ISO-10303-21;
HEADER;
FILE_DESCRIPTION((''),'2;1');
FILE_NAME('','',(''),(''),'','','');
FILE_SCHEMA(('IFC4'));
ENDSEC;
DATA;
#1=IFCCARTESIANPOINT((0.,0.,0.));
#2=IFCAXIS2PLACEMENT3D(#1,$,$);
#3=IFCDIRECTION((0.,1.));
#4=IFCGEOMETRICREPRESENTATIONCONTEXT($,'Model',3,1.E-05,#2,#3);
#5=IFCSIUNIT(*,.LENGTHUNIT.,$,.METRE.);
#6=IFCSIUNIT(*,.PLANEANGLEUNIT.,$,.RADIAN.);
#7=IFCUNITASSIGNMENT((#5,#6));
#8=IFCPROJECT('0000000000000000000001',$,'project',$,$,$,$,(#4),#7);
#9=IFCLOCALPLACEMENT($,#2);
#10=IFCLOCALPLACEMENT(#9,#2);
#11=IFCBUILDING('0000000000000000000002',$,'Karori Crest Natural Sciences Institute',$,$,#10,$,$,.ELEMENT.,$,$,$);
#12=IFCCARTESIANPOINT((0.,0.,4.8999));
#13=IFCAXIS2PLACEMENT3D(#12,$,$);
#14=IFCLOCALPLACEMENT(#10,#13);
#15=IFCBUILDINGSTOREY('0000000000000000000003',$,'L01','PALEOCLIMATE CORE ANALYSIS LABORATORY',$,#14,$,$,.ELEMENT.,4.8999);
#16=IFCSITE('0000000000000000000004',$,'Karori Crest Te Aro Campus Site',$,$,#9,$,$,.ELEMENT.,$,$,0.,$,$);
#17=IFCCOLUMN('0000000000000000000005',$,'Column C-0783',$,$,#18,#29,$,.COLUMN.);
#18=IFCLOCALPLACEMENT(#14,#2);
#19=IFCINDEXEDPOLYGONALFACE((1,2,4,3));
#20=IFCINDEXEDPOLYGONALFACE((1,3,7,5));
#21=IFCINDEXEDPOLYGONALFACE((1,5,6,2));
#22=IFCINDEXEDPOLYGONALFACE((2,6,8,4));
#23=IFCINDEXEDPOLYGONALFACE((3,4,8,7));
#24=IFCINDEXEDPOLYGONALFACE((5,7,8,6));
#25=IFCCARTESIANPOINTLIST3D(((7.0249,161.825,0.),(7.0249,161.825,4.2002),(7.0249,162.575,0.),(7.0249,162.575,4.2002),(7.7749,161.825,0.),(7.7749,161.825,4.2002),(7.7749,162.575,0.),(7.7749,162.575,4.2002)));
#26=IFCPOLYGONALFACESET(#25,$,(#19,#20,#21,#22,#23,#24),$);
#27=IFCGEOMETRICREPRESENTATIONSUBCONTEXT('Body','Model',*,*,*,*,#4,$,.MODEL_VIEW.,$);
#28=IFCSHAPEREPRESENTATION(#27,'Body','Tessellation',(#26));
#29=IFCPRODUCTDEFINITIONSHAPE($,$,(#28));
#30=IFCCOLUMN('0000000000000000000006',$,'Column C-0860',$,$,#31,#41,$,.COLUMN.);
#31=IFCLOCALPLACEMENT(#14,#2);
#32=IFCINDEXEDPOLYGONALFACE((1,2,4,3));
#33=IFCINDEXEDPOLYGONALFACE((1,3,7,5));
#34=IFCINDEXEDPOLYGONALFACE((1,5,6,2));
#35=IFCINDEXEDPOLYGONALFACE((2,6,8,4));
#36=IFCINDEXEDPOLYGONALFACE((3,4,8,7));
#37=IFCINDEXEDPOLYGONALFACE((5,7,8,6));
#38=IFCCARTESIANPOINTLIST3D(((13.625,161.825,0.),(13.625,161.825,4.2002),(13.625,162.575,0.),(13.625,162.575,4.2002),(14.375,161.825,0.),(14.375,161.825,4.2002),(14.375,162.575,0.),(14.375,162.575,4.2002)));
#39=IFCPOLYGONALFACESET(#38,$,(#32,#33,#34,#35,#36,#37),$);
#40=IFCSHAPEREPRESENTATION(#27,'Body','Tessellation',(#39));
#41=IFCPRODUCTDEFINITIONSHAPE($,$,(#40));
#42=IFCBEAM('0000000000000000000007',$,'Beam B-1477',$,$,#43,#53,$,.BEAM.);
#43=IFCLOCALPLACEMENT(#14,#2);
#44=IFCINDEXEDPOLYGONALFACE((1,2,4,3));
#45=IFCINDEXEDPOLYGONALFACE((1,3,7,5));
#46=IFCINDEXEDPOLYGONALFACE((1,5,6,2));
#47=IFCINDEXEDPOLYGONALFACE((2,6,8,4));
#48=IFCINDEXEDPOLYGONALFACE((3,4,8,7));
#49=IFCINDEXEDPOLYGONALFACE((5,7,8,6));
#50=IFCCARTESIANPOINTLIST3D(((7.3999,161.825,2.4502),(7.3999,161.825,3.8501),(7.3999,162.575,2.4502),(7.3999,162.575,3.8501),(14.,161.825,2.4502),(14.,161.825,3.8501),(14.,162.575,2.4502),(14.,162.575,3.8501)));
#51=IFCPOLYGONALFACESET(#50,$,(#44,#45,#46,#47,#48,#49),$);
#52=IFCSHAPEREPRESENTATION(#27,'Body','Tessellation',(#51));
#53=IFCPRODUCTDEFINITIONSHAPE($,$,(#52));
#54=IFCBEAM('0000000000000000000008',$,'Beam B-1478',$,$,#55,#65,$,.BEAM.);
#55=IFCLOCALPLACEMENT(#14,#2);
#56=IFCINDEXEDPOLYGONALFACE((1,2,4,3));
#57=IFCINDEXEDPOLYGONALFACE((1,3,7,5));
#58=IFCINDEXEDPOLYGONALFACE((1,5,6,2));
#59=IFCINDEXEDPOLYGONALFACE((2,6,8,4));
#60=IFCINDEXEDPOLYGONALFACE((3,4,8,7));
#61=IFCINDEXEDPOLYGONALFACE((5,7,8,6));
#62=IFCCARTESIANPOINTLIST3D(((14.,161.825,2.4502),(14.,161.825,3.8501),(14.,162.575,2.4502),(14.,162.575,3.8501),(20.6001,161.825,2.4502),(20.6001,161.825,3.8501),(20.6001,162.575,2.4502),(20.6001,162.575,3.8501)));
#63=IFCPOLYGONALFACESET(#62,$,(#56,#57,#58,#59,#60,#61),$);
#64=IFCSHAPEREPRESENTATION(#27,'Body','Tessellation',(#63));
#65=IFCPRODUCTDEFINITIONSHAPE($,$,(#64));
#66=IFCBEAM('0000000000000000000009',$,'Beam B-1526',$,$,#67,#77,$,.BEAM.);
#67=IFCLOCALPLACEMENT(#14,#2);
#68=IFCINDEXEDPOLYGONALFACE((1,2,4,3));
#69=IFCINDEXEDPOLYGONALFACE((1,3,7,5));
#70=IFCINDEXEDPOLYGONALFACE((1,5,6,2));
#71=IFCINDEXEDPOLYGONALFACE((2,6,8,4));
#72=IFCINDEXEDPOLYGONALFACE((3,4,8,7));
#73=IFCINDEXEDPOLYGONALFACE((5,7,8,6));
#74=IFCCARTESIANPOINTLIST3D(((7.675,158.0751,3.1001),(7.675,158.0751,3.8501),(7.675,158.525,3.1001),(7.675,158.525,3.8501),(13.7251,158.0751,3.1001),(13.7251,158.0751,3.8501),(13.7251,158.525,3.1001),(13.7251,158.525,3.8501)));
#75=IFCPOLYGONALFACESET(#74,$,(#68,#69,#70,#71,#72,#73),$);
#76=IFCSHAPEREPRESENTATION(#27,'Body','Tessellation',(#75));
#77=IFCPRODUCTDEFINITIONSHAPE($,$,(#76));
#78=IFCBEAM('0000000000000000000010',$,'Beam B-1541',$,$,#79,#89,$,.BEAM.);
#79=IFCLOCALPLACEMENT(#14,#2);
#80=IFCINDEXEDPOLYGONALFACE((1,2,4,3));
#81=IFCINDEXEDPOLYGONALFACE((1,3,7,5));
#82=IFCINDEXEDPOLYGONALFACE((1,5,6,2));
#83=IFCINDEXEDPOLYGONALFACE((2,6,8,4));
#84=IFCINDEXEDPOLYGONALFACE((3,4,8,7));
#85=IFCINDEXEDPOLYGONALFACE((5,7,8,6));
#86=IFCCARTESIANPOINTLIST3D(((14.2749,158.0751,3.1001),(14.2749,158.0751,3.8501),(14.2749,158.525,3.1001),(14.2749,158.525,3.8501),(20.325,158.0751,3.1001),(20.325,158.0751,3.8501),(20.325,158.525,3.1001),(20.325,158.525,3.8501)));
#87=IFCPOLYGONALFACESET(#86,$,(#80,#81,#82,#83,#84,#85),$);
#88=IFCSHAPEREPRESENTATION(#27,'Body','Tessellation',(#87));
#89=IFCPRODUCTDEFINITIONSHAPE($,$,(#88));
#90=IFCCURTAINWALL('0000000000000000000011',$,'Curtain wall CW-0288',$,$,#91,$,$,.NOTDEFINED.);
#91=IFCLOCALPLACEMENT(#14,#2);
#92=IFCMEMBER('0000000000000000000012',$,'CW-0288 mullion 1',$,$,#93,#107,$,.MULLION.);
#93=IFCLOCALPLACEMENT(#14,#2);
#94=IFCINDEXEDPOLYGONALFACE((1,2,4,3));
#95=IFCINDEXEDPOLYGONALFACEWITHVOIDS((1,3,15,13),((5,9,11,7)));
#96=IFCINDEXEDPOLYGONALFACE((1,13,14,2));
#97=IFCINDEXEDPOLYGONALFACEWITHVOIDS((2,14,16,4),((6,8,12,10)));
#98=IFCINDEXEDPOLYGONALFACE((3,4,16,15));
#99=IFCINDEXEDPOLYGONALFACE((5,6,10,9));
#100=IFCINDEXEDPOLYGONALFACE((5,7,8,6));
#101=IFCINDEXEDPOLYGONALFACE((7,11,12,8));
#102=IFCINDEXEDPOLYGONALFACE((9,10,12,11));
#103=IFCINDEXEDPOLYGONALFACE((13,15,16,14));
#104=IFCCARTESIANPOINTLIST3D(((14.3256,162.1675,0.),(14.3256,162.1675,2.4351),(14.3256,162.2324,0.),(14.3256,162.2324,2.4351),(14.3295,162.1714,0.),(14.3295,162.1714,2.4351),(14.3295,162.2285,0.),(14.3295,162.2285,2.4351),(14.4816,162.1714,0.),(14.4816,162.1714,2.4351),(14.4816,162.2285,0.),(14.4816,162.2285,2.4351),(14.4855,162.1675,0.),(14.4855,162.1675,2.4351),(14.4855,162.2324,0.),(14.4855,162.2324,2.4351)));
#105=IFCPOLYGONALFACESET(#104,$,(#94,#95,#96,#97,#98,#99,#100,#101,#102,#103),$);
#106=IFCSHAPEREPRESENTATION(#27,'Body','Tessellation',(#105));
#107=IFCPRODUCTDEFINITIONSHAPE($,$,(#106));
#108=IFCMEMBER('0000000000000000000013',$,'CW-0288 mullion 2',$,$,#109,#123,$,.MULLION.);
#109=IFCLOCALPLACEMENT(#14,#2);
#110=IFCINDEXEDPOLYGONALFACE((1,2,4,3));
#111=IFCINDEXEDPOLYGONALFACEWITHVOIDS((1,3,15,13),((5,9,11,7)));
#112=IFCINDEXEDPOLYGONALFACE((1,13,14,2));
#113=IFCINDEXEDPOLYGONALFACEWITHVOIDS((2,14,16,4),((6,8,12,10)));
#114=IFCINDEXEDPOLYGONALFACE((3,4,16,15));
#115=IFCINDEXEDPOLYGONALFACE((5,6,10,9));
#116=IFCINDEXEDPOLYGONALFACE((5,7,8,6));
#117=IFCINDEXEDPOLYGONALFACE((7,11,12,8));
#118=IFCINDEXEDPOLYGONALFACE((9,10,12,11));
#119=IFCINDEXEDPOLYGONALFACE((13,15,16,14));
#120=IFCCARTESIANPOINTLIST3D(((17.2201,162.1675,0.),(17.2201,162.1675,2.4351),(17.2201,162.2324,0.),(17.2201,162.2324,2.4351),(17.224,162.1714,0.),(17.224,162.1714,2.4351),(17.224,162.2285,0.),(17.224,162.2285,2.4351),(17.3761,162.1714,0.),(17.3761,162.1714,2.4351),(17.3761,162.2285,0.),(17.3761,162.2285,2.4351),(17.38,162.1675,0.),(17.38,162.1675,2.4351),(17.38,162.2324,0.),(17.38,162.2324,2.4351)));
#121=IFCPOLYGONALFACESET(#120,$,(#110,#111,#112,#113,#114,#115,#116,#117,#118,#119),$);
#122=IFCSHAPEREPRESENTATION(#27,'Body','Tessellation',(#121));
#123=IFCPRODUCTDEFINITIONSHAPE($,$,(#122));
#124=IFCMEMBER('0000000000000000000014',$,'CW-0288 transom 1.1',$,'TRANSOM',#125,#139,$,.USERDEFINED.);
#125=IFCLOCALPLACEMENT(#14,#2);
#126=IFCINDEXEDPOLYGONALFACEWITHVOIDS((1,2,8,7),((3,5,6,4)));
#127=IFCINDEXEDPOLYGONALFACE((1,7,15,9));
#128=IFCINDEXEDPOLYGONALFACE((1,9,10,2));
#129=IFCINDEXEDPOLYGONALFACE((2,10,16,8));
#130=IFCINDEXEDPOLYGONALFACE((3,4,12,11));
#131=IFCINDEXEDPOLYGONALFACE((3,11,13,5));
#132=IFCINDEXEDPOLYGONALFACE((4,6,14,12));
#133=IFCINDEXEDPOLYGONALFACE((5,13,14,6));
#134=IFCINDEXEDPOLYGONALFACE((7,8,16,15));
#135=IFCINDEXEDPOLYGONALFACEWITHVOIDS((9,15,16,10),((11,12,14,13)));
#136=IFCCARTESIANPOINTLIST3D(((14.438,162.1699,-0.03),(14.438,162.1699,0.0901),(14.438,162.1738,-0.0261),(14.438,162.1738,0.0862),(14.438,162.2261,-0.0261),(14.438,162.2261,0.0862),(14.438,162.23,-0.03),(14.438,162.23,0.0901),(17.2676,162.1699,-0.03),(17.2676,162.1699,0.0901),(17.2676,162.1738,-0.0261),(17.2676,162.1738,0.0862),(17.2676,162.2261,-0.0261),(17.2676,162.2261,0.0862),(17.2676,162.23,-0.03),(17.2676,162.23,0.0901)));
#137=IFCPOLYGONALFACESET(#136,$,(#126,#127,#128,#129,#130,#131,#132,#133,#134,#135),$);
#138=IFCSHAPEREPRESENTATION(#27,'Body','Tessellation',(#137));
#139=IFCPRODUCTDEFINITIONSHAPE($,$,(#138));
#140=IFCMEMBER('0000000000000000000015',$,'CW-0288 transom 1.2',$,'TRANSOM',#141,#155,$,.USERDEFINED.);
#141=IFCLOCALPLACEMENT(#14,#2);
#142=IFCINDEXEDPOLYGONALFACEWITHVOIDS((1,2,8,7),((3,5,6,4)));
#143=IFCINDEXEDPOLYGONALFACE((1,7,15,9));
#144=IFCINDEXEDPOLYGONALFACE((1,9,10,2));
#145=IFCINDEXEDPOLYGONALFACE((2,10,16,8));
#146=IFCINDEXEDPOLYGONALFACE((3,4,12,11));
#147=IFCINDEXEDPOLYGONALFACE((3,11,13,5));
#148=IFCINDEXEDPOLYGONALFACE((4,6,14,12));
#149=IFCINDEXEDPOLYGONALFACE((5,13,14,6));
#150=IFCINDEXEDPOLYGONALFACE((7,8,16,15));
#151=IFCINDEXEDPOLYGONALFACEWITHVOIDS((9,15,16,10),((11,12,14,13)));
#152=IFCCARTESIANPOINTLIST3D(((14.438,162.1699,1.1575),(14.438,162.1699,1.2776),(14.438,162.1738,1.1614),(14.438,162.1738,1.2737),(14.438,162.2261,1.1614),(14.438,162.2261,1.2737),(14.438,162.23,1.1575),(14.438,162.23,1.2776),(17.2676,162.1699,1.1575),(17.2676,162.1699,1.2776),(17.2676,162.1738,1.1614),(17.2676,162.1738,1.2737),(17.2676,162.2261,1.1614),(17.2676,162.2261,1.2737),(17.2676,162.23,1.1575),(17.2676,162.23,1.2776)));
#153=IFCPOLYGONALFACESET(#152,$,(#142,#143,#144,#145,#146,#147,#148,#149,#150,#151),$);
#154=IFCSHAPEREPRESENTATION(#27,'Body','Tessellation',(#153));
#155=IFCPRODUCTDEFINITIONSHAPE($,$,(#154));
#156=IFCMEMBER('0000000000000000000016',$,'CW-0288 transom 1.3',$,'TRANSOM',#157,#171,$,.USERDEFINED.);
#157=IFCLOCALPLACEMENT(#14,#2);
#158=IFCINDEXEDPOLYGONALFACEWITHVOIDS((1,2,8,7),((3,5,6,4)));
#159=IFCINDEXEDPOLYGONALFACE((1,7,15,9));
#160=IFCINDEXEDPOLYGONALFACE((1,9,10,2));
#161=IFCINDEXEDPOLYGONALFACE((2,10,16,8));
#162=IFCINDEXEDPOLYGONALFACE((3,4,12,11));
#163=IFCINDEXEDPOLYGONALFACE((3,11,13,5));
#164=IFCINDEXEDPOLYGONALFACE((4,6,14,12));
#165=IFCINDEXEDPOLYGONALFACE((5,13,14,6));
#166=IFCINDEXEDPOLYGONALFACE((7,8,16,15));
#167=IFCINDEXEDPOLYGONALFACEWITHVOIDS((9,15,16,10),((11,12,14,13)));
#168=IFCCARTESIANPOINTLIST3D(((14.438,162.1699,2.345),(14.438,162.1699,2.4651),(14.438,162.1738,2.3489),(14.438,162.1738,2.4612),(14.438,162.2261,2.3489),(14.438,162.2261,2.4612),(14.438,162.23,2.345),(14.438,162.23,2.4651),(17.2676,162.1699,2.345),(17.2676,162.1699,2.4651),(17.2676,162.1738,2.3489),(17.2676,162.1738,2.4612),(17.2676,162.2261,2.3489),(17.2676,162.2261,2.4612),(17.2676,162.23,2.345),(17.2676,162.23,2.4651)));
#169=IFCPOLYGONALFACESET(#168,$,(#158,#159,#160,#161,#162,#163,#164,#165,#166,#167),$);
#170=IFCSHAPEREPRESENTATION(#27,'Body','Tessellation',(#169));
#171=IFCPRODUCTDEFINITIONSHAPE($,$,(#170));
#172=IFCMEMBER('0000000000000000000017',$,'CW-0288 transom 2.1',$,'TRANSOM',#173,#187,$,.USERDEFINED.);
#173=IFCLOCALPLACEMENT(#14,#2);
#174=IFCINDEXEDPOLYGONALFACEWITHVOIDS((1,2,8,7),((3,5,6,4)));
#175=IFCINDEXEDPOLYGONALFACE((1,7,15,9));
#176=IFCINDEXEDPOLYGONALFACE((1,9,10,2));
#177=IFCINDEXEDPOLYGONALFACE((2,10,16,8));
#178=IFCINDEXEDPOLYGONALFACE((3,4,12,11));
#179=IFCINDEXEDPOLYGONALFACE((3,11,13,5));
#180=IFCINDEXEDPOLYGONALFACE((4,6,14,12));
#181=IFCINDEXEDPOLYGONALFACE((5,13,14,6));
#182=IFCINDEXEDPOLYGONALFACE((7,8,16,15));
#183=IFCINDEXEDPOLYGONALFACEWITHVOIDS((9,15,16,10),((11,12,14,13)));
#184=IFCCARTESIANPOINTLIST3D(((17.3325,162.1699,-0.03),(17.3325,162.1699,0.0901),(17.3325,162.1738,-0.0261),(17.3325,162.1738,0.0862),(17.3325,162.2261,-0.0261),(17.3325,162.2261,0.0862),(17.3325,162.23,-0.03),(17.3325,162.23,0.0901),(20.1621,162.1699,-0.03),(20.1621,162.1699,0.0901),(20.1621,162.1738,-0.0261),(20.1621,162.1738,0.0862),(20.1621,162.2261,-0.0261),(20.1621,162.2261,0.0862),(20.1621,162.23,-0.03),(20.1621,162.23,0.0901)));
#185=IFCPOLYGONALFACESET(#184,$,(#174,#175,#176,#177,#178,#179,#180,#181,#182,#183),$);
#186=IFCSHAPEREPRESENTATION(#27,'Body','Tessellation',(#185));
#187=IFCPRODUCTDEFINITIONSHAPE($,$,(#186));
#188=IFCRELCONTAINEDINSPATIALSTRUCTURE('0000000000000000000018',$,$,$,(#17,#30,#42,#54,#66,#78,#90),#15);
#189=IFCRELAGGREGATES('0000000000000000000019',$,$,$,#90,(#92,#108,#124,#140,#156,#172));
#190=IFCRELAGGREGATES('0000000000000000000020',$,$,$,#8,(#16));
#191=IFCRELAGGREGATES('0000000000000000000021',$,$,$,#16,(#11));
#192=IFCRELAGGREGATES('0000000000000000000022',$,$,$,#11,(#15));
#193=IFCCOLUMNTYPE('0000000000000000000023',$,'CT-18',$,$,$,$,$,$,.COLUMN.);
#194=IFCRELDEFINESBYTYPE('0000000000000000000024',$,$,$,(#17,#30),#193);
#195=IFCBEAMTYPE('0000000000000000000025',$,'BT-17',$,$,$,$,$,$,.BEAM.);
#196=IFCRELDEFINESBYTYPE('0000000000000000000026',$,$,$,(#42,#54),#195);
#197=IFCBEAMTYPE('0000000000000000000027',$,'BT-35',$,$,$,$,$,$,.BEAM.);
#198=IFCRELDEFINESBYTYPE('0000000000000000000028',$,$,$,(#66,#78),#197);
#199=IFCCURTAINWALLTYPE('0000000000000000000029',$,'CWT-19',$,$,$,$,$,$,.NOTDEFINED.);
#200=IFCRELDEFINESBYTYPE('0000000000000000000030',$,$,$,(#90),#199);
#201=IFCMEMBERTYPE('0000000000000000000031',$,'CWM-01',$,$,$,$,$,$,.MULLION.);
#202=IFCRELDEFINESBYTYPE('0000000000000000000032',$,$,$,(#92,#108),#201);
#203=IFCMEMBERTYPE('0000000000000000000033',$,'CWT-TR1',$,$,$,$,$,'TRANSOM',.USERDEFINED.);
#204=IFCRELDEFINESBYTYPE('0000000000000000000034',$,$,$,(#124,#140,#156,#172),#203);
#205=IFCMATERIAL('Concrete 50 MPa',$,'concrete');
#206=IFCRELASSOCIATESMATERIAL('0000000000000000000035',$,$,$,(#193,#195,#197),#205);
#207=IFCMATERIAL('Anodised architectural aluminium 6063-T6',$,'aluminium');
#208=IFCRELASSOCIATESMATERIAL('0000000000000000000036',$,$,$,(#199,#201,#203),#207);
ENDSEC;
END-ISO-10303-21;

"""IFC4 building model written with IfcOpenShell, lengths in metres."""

from ifc_helpers import new_model, si_unit, direction, frame, origin, origin_2d, place, context, subcontext, project, spatial, rectangle, hollow_rectangle, extrude, material, material_profile, profile_set, type_object, element, aggregate, save


model = new_model("IFC4")

# Units and contexts
model_context = context("Model", 3, precision=1e-05, world=origin(), true_north=direction((0.0, 1.0)))
body_context = subcontext(model_context, "Body", "Model", "MODEL_VIEW")
ifc_project = project(units=[si_unit("LENGTHUNIT", "METRE"), si_unit("PLANEANGLEUNIT", "RADIAN")], contexts=[model_context])

# Site, building, storey
site_placement = place(None, origin())
site = spatial("IfcSite", under=ifc_project, at=site_placement, Name="Karori Crest Te Aro Campus Site", CompositionType="ELEMENT", RefElevation=0.0)
building_placement = place(site_placement, origin())
building = spatial("IfcBuilding", under=site, at=building_placement, Name="Karori Crest Natural Sciences Institute", CompositionType="ELEMENT")
storey_placement = place(building_placement, frame((0.0, 0.0, 4.8999)))
storey = spatial("IfcBuildingStorey", under=building, at=storey_placement, Name="L01", Description="PALEOCLIMATE CORE ANALYSIS LABORATORY", CompositionType="ELEMENT", Elevation=4.8999)

# Columns
ifc_material_1 = material(Name="Concrete 50 MPa", Category="concrete")
ifc_material_profile_1 = material_profile(ifc_material_1, rectangle(XDim=0.75, YDim=0.75, at=origin_2d()), Name="RC750x750")
ifc_profile_set_1 = profile_set([ifc_material_profile_1], Name="Concrete 50 MPa")
column_type = type_object("IfcColumnType", Name="CT-18", PredefinedType="COLUMN", material=ifc_profile_set_1)
for number, where, z_axis, x_axis, name in (
    (1, (7.3999, 162.2, 0.0), (0.0, 0.0, 1.0), (1.0, 0.0, 0.0), "Column C-0783"),
    (2, (14.0, 162.2, 0.0), (0.0, 0.0, 1.0), (1.0, 0.0, 0.0), "Column C-0860"),
):
    element("IfcColumn", number, at=place(storey_placement, frame(where, z_axis=z_axis, x_axis=x_axis)), inside=storey, type_object=column_type, Name=name, PredefinedType="COLUMN", context=body_context, shape_type="SweptSolid", body=[
        extrude(rectangle(XDim=0.75, YDim=0.75, at=origin_2d()), origin(), (0.0, 0.0, 1.0), 4.2002),
    ])

# Beams
ifc_material_profile_2 = material_profile(ifc_material_1, rectangle(XDim=0.75, YDim=1.3999, at=origin_2d()), Name="RCB750x1400")
ifc_profile_set_2 = profile_set([ifc_material_profile_2], Name="Concrete 50 MPa")
beam_type_1 = type_object("IfcBeamType", Name="BT-17", PredefinedType="BEAM", material=ifc_profile_set_2)
for number, where, z_axis, x_axis, name in (
    (3, (7.3999, 162.2, 3.1501), (1.0, 0.0, 0.0), (0.0, 1.0, 0.0), "Beam B-1477"),
    (4, (14.0, 162.2, 3.1501), (1.0, 0.0, 0.0), (0.0, 1.0, 0.0), "Beam B-1478"),
):
    element("IfcBeam", number, at=place(storey_placement, frame(where, z_axis=z_axis, x_axis=x_axis)), inside=storey, type_object=beam_type_1, Name=name, PredefinedType="BEAM", context=body_context, shape_type="SweptSolid", body=[
        extrude(rectangle(XDim=0.75, YDim=1.3999, at=origin_2d()), origin(), (0.0, 0.0, 1.0), 6.6001),
    ])
ifc_material_profile_3 = material_profile(ifc_material_1, rectangle(XDim=0.45, YDim=0.75, at=origin_2d()), Name="RCB450x750")
ifc_profile_set_3 = profile_set([ifc_material_profile_3], Name="Concrete 50 MPa")
beam_type_2 = type_object("IfcBeamType", Name="BT-35", PredefinedType="BEAM", material=ifc_profile_set_3)
for number, where, z_axis, x_axis, name in (
    (5, (7.675, 158.3, 3.4751), (1.0, 0.0, 0.0), (0.0, 1.0, 0.0), "Beam B-1526"),
    (6, (14.2749, 158.3, 3.4751), (1.0, 0.0, 0.0), (0.0, 1.0, 0.0), "Beam B-1541"),
):
    element("IfcBeam", number, at=place(storey_placement, frame(where, z_axis=z_axis, x_axis=x_axis)), inside=storey, type_object=beam_type_2, Name=name, PredefinedType="BEAM", context=body_context, shape_type="SweptSolid", body=[
        extrude(rectangle(XDim=0.45, YDim=0.75, at=origin_2d()), origin(), (0.0, 0.0, 1.0), 6.05),
    ])

# Curtain wall, members
ifc_material_2 = material(Name="Anodised architectural aluminium 6063-T6", Category="aluminium")
curtain_wall_type = type_object("IfcCurtainWallType", Name="CWT-19", PredefinedType="NOTDEFINED", material=ifc_material_2)
curtain_wall_placement = place(storey_placement, origin())
curtain_wall = element("IfcCurtainWall", 7, at=curtain_wall_placement, inside=storey, type_object=curtain_wall_type, Name="Curtain wall CW-0288", PredefinedType="NOTDEFINED")
ifc_material_profile_4 = material_profile(ifc_material_2, hollow_rectangle(XDim=0.0649, YDim=0.1599, WallThickness=0.0039, at=origin_2d()), Name="CWM160x65x4")
ifc_profile_set_4 = profile_set([ifc_material_profile_4], Name="Anodised architectural aluminium 6063-T6")
member_type_1 = type_object("IfcMemberType", Name="CWM-01", PredefinedType="MULLION", material=ifc_profile_set_4)
member_1_placement = place(storey_placement, frame((14.4055, 162.2, 0.0), z_axis=(0.0, 0.0, 1.0), x_axis=(0.0, 1.0, 0.0)))
member_1 = element("IfcMember", 8, at=member_1_placement, type_object=member_type_1, Name="CW-0288 mullion 1", PredefinedType="MULLION", context=body_context, shape_type="SweptSolid", body=[
    extrude(hollow_rectangle(XDim=0.0649, YDim=0.1599, WallThickness=0.0039, at=origin_2d()), origin(), (0.0, 0.0, 1.0), 2.4351),
])
member_2_placement = place(storey_placement, frame((17.3, 162.2, 0.0), z_axis=(0.0, 0.0, 1.0), x_axis=(0.0, 1.0, 0.0)))
member_2 = element("IfcMember", 9, at=member_2_placement, type_object=member_type_1, Name="CW-0288 mullion 2", PredefinedType="MULLION", context=body_context, shape_type="SweptSolid", body=[
    extrude(hollow_rectangle(XDim=0.0649, YDim=0.1599, WallThickness=0.0039, at=origin_2d()), origin(), (0.0, 0.0, 1.0), 2.4351),
])
ifc_material_profile_5 = material_profile(ifc_material_2, hollow_rectangle(XDim=0.0601, YDim=0.1201, WallThickness=0.0039, at=origin_2d()), Name="CWT120x60x4")
ifc_profile_set_5 = profile_set([ifc_material_profile_5], Name="Anodised architectural aluminium 6063-T6")
member_type_2 = type_object("IfcMemberType", Name="CWT-TR1", ElementType="TRANSOM", PredefinedType="USERDEFINED", material=ifc_profile_set_5)
member_3_placement = place(storey_placement, frame((14.438, 162.2, 0.03), z_axis=(1.0, 0.0, 0.0), x_axis=(0.0, 1.0, 0.0)))
member_3 = element("IfcMember", 10, at=member_3_placement, type_object=member_type_2, Name="CW-0288 transom 1.1", ObjectType="TRANSOM", PredefinedType="USERDEFINED", context=body_context, shape_type="SweptSolid", body=[
    extrude(hollow_rectangle(XDim=0.0601, YDim=0.1201, WallThickness=0.0039, at=origin_2d()), origin(), (0.0, 0.0, 1.0), 2.8296),
])
member_4_placement = place(storey_placement, frame((14.438, 162.2, 1.2175), z_axis=(1.0, 0.0, 0.0), x_axis=(0.0, 1.0, 0.0)))
member_4 = element("IfcMember", 11, at=member_4_placement, type_object=member_type_2, Name="CW-0288 transom 1.2", ObjectType="TRANSOM", PredefinedType="USERDEFINED", context=body_context, shape_type="SweptSolid", body=[
    extrude(hollow_rectangle(XDim=0.0601, YDim=0.1201, WallThickness=0.0039, at=origin_2d()), origin(), (0.0, 0.0, 1.0), 2.8296),
])
member_5_placement = place(storey_placement, frame((14.438, 162.2, 2.405), z_axis=(1.0, 0.0, 0.0), x_axis=(0.0, 1.0, 0.0)))
member_5 = element("IfcMember", 12, at=member_5_placement, type_object=member_type_2, Name="CW-0288 transom 1.3", ObjectType="TRANSOM", PredefinedType="USERDEFINED", context=body_context, shape_type="SweptSolid", body=[
    extrude(hollow_rectangle(XDim=0.0601, YDim=0.1201, WallThickness=0.0039, at=origin_2d()), origin(), (0.0, 0.0, 1.0), 2.8296),
])
member_6_placement = place(storey_placement, frame((17.3325, 162.2, 0.03), z_axis=(1.0, 0.0, 0.0), x_axis=(0.0, 1.0, 0.0)))
member_6 = element("IfcMember", 13, at=member_6_placement, type_object=member_type_2, Name="CW-0288 transom 2.1", ObjectType="TRANSOM", PredefinedType="USERDEFINED", context=body_context, shape_type="SweptSolid", body=[
    extrude(hollow_rectangle(XDim=0.0601, YDim=0.1201, WallThickness=0.0039, at=origin_2d()), origin(), (0.0, 0.0, 1.0), 2.8296),
])
aggregate(curtain_wall, [member_1, member_2, member_3, member_4, member_5, member_6])

save(model, "model.ifc")
